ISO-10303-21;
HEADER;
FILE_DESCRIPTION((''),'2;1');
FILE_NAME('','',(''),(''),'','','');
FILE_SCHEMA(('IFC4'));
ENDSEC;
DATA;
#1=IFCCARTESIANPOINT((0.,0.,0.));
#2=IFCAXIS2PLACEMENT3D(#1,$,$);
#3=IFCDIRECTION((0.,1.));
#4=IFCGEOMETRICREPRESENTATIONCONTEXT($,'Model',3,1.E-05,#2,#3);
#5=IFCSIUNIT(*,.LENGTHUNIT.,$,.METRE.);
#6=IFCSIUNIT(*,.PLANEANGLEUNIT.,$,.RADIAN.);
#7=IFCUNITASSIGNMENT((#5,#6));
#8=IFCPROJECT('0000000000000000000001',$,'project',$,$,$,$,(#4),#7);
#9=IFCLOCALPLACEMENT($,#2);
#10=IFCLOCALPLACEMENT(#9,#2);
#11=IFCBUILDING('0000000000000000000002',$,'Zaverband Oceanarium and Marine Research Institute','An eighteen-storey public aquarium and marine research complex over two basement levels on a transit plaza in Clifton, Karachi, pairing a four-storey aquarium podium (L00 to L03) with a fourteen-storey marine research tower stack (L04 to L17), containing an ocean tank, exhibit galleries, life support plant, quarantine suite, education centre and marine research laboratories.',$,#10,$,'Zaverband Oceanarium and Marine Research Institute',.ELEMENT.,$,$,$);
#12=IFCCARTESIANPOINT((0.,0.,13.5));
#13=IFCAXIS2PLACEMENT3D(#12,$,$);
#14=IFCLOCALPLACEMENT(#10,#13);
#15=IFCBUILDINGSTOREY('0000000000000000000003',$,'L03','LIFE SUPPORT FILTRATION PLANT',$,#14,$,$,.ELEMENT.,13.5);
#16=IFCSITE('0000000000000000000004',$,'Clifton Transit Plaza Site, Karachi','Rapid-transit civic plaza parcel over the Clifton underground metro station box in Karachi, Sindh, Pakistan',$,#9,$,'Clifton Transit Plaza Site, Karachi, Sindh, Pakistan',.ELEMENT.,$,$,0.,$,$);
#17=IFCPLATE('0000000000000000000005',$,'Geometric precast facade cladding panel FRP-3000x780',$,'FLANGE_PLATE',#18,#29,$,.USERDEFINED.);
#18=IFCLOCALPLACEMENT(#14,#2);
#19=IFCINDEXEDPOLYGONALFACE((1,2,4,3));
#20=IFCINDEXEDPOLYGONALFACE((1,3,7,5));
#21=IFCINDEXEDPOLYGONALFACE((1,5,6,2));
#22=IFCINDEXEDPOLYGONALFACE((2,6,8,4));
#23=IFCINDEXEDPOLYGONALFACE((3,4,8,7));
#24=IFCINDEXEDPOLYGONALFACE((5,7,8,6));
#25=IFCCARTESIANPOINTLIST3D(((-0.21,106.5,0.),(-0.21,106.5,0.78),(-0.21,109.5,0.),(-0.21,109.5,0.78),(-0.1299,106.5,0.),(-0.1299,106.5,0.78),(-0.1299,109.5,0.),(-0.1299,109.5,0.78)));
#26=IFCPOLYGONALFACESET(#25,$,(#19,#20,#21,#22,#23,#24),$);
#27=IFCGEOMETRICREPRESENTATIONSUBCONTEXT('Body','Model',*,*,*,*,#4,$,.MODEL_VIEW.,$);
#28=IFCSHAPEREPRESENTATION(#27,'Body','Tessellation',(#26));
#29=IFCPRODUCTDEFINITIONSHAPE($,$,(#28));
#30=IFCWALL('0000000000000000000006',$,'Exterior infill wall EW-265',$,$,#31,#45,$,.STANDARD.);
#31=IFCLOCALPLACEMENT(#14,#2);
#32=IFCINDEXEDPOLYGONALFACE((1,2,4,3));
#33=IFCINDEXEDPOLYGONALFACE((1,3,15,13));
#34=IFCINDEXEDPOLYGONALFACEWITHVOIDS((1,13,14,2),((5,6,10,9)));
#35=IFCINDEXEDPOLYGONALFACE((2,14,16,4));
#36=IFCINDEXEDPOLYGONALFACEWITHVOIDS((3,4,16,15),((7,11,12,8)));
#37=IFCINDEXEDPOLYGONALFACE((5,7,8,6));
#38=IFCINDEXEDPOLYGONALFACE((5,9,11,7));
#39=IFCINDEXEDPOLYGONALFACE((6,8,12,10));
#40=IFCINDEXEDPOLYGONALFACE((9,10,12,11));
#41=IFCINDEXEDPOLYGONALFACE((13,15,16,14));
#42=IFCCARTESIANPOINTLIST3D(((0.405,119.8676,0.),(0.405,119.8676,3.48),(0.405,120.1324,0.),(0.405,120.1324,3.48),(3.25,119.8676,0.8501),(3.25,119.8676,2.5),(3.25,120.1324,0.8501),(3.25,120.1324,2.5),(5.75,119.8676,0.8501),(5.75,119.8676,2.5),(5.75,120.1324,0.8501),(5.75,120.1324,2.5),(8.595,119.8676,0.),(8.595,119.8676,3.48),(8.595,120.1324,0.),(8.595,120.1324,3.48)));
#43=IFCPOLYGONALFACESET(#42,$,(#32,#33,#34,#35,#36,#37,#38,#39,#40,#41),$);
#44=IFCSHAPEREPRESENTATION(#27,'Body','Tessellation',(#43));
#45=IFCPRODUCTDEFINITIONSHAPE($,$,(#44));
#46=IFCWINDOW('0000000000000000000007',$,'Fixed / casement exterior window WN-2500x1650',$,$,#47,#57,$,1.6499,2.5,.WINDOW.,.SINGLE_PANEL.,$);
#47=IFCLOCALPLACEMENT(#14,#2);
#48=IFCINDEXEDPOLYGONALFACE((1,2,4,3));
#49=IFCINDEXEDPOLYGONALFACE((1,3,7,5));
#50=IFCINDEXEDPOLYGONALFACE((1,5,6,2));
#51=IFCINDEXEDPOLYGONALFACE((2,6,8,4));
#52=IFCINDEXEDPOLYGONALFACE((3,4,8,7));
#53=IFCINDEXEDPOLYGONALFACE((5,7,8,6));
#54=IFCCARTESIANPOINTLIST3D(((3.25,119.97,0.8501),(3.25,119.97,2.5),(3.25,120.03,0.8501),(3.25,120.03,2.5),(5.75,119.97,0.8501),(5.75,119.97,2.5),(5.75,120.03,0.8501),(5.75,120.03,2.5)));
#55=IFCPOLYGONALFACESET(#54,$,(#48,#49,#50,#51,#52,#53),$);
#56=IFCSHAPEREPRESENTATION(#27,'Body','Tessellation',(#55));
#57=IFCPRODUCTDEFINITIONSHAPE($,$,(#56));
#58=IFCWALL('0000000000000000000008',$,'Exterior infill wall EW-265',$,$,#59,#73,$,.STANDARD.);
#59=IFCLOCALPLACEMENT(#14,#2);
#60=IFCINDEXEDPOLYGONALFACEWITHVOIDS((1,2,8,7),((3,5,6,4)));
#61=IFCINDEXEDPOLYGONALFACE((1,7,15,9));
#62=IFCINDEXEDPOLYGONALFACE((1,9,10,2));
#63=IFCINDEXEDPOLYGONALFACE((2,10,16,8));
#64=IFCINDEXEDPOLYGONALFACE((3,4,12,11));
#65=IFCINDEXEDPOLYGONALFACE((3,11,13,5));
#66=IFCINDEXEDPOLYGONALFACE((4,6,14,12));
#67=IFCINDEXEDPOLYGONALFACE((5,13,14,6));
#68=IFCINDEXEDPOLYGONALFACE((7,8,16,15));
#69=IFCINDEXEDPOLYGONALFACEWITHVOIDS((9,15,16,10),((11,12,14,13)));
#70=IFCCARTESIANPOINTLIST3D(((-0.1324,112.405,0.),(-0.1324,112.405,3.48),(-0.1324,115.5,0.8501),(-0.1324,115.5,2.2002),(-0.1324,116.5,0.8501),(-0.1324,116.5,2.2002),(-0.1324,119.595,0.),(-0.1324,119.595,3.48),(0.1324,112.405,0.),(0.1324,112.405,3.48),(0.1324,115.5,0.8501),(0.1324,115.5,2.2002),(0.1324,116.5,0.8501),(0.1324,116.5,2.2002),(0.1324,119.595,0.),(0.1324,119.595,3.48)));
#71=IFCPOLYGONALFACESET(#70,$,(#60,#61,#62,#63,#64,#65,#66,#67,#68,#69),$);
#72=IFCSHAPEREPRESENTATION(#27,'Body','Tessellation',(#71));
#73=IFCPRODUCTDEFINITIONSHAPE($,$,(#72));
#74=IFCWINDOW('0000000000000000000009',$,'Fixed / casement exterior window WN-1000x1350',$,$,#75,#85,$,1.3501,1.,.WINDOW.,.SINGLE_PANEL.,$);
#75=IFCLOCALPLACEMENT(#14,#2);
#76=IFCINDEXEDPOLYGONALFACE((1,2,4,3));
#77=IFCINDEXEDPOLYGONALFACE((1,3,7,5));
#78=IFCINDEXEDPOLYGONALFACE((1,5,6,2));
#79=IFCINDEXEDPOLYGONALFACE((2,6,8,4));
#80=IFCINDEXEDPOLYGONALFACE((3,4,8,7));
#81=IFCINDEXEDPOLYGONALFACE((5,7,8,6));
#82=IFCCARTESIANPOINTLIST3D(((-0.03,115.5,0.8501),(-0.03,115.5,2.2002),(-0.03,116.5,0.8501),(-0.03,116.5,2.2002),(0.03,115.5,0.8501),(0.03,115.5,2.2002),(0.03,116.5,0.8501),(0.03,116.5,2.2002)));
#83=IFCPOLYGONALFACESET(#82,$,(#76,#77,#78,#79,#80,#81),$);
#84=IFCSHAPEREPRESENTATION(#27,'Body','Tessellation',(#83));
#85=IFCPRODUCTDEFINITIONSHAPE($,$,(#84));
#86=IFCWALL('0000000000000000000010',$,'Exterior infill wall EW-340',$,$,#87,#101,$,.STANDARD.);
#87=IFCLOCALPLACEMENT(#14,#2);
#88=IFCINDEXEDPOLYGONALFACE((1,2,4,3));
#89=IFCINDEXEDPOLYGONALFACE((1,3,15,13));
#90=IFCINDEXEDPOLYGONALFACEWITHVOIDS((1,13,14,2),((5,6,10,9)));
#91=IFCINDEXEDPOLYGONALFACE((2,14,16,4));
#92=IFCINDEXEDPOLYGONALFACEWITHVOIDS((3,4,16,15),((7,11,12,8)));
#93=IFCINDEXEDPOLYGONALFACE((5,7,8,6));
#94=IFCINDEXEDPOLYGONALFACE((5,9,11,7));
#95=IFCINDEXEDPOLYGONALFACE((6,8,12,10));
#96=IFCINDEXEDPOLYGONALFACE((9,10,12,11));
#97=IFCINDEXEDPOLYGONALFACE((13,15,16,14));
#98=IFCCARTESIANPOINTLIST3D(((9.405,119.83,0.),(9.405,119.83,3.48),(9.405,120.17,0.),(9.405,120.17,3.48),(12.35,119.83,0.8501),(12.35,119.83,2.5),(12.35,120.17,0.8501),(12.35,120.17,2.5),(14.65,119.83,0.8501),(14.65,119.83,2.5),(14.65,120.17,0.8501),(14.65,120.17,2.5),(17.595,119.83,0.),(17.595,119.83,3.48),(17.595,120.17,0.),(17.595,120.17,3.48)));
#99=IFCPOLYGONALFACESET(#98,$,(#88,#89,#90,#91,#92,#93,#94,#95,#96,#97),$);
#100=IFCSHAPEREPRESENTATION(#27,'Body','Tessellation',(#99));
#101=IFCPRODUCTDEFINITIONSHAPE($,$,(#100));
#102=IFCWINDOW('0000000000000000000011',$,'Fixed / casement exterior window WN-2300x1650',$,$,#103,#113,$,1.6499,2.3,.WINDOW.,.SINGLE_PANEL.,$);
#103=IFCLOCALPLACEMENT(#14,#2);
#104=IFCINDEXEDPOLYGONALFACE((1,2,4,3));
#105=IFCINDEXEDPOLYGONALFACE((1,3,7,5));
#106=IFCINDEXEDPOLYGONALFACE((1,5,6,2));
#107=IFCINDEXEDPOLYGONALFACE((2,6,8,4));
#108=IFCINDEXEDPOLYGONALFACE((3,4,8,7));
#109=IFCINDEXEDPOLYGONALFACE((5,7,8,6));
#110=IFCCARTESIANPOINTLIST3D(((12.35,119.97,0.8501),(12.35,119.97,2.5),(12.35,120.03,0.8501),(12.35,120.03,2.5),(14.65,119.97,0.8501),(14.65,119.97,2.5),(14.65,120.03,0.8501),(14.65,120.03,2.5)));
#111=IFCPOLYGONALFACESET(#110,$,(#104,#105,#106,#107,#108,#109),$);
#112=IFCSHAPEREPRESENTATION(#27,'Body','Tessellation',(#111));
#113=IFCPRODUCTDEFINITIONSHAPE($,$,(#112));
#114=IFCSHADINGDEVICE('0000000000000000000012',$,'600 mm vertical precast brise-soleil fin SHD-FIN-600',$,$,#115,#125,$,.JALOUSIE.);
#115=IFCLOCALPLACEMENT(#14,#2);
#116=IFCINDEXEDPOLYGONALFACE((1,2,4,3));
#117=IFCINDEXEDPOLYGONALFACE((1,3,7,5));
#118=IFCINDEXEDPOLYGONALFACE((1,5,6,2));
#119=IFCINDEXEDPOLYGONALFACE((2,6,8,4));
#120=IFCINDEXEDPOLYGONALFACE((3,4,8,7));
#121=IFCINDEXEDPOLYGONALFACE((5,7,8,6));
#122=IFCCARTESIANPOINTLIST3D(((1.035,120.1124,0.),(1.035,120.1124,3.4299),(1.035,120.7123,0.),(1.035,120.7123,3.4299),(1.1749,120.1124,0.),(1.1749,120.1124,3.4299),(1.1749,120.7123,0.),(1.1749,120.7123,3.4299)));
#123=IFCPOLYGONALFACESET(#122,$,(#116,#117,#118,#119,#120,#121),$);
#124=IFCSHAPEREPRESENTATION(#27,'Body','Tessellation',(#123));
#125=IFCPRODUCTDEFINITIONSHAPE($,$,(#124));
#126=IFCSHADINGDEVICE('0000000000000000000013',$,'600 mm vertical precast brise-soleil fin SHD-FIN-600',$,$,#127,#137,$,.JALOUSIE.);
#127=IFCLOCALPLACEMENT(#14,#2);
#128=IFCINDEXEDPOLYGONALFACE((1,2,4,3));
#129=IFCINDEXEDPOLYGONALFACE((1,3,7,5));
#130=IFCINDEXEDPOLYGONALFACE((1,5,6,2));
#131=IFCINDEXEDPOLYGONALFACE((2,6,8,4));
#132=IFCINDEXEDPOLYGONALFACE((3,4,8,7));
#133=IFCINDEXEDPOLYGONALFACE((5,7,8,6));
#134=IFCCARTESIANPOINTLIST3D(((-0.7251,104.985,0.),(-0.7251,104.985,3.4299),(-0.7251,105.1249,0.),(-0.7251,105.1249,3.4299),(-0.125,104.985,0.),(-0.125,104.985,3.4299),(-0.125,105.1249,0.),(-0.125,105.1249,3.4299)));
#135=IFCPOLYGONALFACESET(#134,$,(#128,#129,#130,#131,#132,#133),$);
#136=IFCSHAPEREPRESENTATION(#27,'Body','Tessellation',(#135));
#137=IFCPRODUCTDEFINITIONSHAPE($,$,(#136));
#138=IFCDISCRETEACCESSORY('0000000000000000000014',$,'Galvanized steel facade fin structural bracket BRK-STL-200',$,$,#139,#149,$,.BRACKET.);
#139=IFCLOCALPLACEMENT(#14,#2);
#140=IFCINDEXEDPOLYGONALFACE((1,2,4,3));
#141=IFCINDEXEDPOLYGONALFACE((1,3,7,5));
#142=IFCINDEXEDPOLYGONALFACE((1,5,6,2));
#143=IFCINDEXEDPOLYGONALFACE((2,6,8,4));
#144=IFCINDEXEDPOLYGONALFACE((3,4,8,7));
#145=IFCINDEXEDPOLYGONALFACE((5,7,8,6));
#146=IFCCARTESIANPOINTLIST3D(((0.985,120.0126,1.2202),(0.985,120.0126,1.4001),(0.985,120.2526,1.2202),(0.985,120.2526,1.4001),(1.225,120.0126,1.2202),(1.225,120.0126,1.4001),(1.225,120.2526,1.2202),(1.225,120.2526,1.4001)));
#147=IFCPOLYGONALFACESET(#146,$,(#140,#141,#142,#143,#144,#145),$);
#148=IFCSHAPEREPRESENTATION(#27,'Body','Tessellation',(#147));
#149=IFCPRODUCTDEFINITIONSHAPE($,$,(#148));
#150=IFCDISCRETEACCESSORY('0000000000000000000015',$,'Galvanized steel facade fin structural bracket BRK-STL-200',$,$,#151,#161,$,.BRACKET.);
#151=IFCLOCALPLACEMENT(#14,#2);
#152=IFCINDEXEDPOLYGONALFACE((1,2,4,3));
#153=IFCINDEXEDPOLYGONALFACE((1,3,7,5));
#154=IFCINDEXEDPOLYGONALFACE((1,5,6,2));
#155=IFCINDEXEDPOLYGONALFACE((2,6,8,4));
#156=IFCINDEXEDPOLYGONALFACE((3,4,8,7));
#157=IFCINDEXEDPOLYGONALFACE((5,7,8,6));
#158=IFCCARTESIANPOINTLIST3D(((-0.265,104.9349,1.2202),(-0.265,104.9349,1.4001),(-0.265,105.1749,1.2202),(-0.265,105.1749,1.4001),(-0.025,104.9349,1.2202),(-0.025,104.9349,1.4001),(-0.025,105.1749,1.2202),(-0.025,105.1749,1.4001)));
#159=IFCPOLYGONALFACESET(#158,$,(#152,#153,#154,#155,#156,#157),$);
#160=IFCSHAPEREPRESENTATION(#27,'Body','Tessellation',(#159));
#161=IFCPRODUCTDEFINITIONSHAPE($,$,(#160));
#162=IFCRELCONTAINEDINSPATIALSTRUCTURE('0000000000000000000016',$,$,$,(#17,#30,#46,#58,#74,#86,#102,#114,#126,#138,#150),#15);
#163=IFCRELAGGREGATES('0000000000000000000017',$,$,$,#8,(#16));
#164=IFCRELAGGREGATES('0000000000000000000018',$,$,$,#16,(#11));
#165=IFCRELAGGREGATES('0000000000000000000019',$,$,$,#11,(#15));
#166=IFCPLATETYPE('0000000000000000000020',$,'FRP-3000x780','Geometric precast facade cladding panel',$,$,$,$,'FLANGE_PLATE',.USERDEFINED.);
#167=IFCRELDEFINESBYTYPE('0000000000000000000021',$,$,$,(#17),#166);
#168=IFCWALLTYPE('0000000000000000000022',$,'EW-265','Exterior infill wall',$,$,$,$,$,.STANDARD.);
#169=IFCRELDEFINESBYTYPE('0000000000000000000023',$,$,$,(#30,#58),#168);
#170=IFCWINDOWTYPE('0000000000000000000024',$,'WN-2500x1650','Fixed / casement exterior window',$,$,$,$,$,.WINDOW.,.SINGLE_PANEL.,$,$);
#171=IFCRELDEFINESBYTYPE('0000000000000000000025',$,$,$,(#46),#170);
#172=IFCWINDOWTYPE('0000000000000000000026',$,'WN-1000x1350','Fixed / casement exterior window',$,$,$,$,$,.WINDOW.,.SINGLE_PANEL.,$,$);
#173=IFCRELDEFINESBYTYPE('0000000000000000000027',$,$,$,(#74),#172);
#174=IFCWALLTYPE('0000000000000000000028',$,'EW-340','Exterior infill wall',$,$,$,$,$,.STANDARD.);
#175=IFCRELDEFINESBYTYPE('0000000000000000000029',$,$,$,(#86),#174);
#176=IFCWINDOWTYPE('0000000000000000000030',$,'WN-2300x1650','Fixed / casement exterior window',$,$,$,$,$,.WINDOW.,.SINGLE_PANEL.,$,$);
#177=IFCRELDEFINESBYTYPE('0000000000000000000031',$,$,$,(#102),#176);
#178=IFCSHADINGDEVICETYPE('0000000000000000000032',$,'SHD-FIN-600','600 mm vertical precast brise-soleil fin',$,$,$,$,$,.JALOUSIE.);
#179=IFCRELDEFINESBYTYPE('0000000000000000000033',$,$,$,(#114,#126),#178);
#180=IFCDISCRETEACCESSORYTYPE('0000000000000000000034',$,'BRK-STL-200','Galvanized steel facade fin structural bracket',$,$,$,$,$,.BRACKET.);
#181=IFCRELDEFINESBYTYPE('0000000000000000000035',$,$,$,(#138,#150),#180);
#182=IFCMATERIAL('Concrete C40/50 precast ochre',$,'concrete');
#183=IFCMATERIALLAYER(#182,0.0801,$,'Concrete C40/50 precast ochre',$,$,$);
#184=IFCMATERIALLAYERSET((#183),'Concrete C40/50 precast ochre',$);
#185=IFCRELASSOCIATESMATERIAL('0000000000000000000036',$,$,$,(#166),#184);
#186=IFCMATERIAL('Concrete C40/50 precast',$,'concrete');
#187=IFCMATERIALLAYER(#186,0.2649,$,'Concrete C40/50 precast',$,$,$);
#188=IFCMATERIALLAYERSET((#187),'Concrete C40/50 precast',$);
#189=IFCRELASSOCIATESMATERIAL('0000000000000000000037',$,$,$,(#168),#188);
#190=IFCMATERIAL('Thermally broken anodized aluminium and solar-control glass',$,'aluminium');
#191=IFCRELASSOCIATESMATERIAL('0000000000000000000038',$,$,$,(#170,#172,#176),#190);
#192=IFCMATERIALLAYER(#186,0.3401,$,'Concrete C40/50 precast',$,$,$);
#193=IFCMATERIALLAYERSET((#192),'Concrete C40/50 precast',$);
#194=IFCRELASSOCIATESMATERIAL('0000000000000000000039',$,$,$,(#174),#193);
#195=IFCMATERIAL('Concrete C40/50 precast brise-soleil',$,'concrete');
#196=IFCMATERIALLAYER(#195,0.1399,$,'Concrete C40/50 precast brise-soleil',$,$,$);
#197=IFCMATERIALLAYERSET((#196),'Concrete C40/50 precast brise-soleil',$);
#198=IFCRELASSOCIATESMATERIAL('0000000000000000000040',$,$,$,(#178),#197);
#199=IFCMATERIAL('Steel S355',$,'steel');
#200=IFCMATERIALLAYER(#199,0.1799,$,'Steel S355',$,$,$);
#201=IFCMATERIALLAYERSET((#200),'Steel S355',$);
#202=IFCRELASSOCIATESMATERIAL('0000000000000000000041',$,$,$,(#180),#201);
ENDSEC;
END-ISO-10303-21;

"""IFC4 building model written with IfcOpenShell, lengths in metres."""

from ifc_helpers import new_model, si_unit, direction, frame, frame_2d, origin, origin_2d, place, context, subcontext, project, spatial, rectangle, extrude, material, layer, layer_set, type_object, element, fill, save


model = new_model("IFC4")

# Units and contexts
model_context = context("Model", 3, precision=1e-05, world=origin(), true_north=direction((0.0, 1.0)))
body_context = subcontext(model_context, "Body", "Model", "MODEL_VIEW")
ifc_project = project(units=[si_unit("LENGTHUNIT", "METRE"), si_unit("PLANEANGLEUNIT", "RADIAN")], contexts=[model_context])

# Site, building, storey
site_placement = place(None, origin())
site = spatial("IfcSite", under=ifc_project, at=site_placement, Name="Clifton Transit Plaza Site, Karachi", Description="Rapid-transit civic plaza parcel over the Clifton underground metro station box in Karachi, Sindh, Pakistan", LongName="Clifton Transit Plaza Site, Karachi, Sindh, Pakistan", CompositionType="ELEMENT", RefElevation=0.0)
building_placement = place(site_placement, origin())
building = spatial("IfcBuilding", under=site, at=building_placement, Name="Zaverband Oceanarium and Marine Research Institute", Description="An eighteen-storey public aquarium and marine research complex over two basement levels on a transit plaza in Clifton, Karachi, pairing a four-storey aquarium podium (L00 to L03) with a fourteen-storey marine research tower stack (L04 to L17), containing an ocean tank, exhibit galleries, life support plant, quarantine suite, education centre and marine research laboratories.", LongName="Zaverband Oceanarium and Marine Research Institute", CompositionType="ELEMENT")
storey_placement = place(building_placement, frame((0.0, 0.0, 13.5)))
storey = spatial("IfcBuildingStorey", under=building, at=storey_placement, Name="L03", Description="LIFE SUPPORT FILTRATION PLANT", CompositionType="ELEMENT", Elevation=13.5)

# Plate
ifc_material_1 = material(Name="Concrete C40/50 precast ochre", Category="concrete")
ifc_layer_1 = layer(ifc_material_1, 0.0801, Name="Concrete C40/50 precast ochre")
ifc_layer_set_1 = layer_set([ifc_layer_1], Name="Concrete C40/50 precast ochre")
plate_type_1 = type_object("IfcPlateType", Name="FRP-3000x780", Description="Geometric precast facade cladding panel", ElementType="FLANGE_PLATE", PredefinedType="USERDEFINED", material=ifc_layer_set_1)
plate_1_placement = place(storey_placement, frame((-0.1699, 106.5, 0.0), z_axis=(0.0, 0.0, 1.0), x_axis=(0.0, 1.0, 0.0)))
element("IfcPlate", 1, at=plate_1_placement, inside=storey, type_object=plate_type_1, Name="Geometric precast facade cladding panel FRP-3000x780", ObjectType="FLANGE_PLATE", PredefinedType="USERDEFINED", context=body_context, shape_type="SweptSolid", body=[
    extrude(rectangle(XDim=3.0, YDim=0.0801, at=frame_2d((1.5, 0.0))), origin(), (0.0, 0.0, 1.0), 0.78),
])

# Walls, openings, windows
ifc_material_2 = material(Name="Concrete C40/50 precast", Category="concrete")
ifc_layer_2 = layer(ifc_material_2, 0.2649, Name="Concrete C40/50 precast")
ifc_layer_set_2 = layer_set([ifc_layer_2], Name="Concrete C40/50 precast")
wall_type_1 = type_object("IfcWallType", Name="EW-265", Description="Exterior infill wall", PredefinedType="STANDARD", material=ifc_layer_set_2)
wall_1_placement = place(storey_placement, frame((0.405, 120.0, 0.0), z_axis=(0.0, 0.0, 1.0), x_axis=(1.0, 0.0, 0.0)))
wall_1 = element("IfcWall", 2, at=wall_1_placement, inside=storey, type_object=wall_type_1, Name="Exterior infill wall EW-265", PredefinedType="STANDARD", context=body_context, shape_type="SweptSolid", body=[
    extrude(rectangle(XDim=8.1899, YDim=0.2649, at=frame_2d((4.095, 0.0))), origin(), (0.0, 0.0, 1.0), 3.48),
])
opening_1_placement = place(wall_1_placement, frame((2.845, 0.0, 0.8501)))
opening_1 = element("IfcOpeningElement", 3, at=opening_1_placement, cuts=wall_1, PredefinedType="OPENING", context=body_context, shape_type="SweptSolid", body=[
    extrude(rectangle(XDim=2.5, YDim=1.6499, at=frame_2d((1.25, 0.825))), frame((0.0, 0.1445, 0.0), z_axis=(0.0, -1.0, 0.0), x_axis=(1.0, 0.0, 0.0)), (0.0, 0.0, 1.0), 0.2888),
])
ifc_material_3 = material(Name="Thermally broken anodized aluminium and solar-control glass", Category="aluminium")
window_type_1 = type_object("IfcWindowType", Name="WN-2500x1650", Description="Fixed / casement exterior window", PartitioningType="SINGLE_PANEL", PredefinedType="WINDOW", material=ifc_material_3)
window_1_placement = place(opening_1_placement, origin())
window_1 = element("IfcWindow", 4, at=window_1_placement, inside=storey, type_object=window_type_1, Name="Fixed / casement exterior window WN-2500x1650", OverallHeight=1.6499, OverallWidth=2.5, PartitioningType="SINGLE_PANEL", PredefinedType="WINDOW", context=body_context, shape_type="SweptSolid", body=[
    extrude(rectangle(XDim=2.5, YDim=1.6499, at=frame_2d((1.25, 0.825))), frame((0.0, 0.03, 0.0), z_axis=(0.0, -1.0, 0.0), x_axis=(1.0, 0.0, 0.0)), (0.0, 0.0, 1.0), 0.0601),
])
fill(opening_1, window_1)
wall_2_placement = place(storey_placement, frame((0.0, 112.405, 0.0), z_axis=(0.0, 0.0, 1.0), x_axis=(0.0, 1.0, 0.0)))
wall_2 = element("IfcWall", 5, at=wall_2_placement, inside=storey, type_object=wall_type_1, Name="Exterior infill wall EW-265", PredefinedType="STANDARD", context=body_context, shape_type="SweptSolid", body=[
    extrude(rectangle(XDim=7.1899, YDim=0.2649, at=frame_2d((3.595, 0.0))), origin(), (0.0, 0.0, 1.0), 3.48),
])
opening_2_placement = place(wall_2_placement, frame((3.095, 0.0, 0.8501)))
opening_2 = element("IfcOpeningElement", 6, at=opening_2_placement, cuts=wall_2, PredefinedType="OPENING", context=body_context, shape_type="SweptSolid", body=[
    extrude(rectangle(XDim=1.0, YDim=1.3501, at=frame_2d((0.5, 0.675))), frame((0.0, 0.1445, 0.0), z_axis=(0.0, -1.0, 0.0), x_axis=(1.0, 0.0, 0.0)), (0.0, 0.0, 1.0), 0.2888),
])
window_type_2 = type_object("IfcWindowType", Name="WN-1000x1350", Description="Fixed / casement exterior window", PartitioningType="SINGLE_PANEL", PredefinedType="WINDOW", material=ifc_material_3)
window_2_placement = place(opening_2_placement, origin())
window_2 = element("IfcWindow", 7, at=window_2_placement, inside=storey, type_object=window_type_2, Name="Fixed / casement exterior window WN-1000x1350", OverallHeight=1.3501, OverallWidth=1.0, PartitioningType="SINGLE_PANEL", PredefinedType="WINDOW", context=body_context, shape_type="SweptSolid", body=[
    extrude(rectangle(XDim=1.0, YDim=1.3501, at=frame_2d((0.5, 0.675))), frame((0.0, 0.03, 0.0), z_axis=(0.0, -1.0, 0.0), x_axis=(1.0, 0.0, 0.0)), (0.0, 0.0, 1.0), 0.0601),
])
fill(opening_2, window_2)
ifc_layer_3 = layer(ifc_material_2, 0.3401, Name="Concrete C40/50 precast")
ifc_layer_set_3 = layer_set([ifc_layer_3], Name="Concrete C40/50 precast")
wall_type_2 = type_object("IfcWallType", Name="EW-340", Description="Exterior infill wall", PredefinedType="STANDARD", material=ifc_layer_set_3)
wall_3_placement = place(storey_placement, frame((9.405, 120.0, 0.0), z_axis=(0.0, 0.0, 1.0), x_axis=(1.0, 0.0, 0.0)))
wall_3 = element("IfcWall", 8, at=wall_3_placement, inside=storey, type_object=wall_type_2, Name="Exterior infill wall EW-340", PredefinedType="STANDARD", context=body_context, shape_type="SweptSolid", body=[
    extrude(rectangle(XDim=8.1899, YDim=0.3401, at=frame_2d((4.095, 0.0))), origin(), (0.0, 0.0, 1.0), 3.48),
])
opening_3_placement = place(wall_3_placement, frame((2.9451, 0.0, 0.8501)))
opening_3 = element("IfcOpeningElement", 9, at=opening_3_placement, cuts=wall_3, PredefinedType="OPENING", context=body_context, shape_type="SweptSolid", body=[
    extrude(rectangle(XDim=2.3, YDim=1.6499, at=frame_2d((1.1499, 0.825))), frame((0.0, 0.1821, 0.0), z_axis=(0.0, -1.0, 0.0), x_axis=(1.0, 0.0, 0.0)), (0.0, 0.0, 1.0), 0.364),
])
window_type_3 = type_object("IfcWindowType", Name="WN-2300x1650", Description="Fixed / casement exterior window", PartitioningType="SINGLE_PANEL", PredefinedType="WINDOW", material=ifc_material_3)
window_3_placement = place(opening_3_placement, origin())
window_3 = element("IfcWindow", 10, at=window_3_placement, inside=storey, type_object=window_type_3, Name="Fixed / casement exterior window WN-2300x1650", OverallHeight=1.6499, OverallWidth=2.3, PartitioningType="SINGLE_PANEL", PredefinedType="WINDOW", context=body_context, shape_type="SweptSolid", body=[
    extrude(rectangle(XDim=2.3, YDim=1.6499, at=frame_2d((1.1499, 0.825))), frame((0.0, 0.03, 0.0), z_axis=(0.0, -1.0, 0.0), x_axis=(1.0, 0.0, 0.0)), (0.0, 0.0, 1.0), 0.0601),
])
fill(opening_3, window_3)

# Shading devices
ifc_material_4 = material(Name="Concrete C40/50 precast brise-soleil", Category="concrete")
ifc_layer_4 = layer(ifc_material_4, 0.1399, Name="Concrete C40/50 precast brise-soleil")
ifc_layer_set_4 = layer_set([ifc_layer_4], Name="Concrete C40/50 precast brise-soleil")
shading_device_type = type_object("IfcShadingDeviceType", Name="SHD-FIN-600", Description="600 mm vertical precast brise-soleil fin", PredefinedType="JALOUSIE", material=ifc_layer_set_4)
shading_device_1_placement = place(storey_placement, frame((1.105, 120.1125, 0.0), z_axis=(0.0, 0.0, 1.0), x_axis=(0.0, 1.0, 0.0)))
element("IfcShadingDevice", 11, at=shading_device_1_placement, inside=storey, type_object=shading_device_type, Name="600 mm vertical precast brise-soleil fin SHD-FIN-600", PredefinedType="JALOUSIE", context=body_context, shape_type="SweptSolid", body=[
    extrude(rectangle(XDim=0.5999, YDim=0.1399, at=frame_2d((0.2998, 0.0))), origin(), (0.0, 0.0, 1.0), 3.4299),
])
shading_device_2_placement = place(storey_placement, frame((-0.125, 105.0549, 0.0), z_axis=(0.0, 0.0, 1.0), x_axis=(-1.0, 0.0, 0.0)))
element("IfcShadingDevice", 12, at=shading_device_2_placement, inside=storey, type_object=shading_device_type, Name="600 mm vertical precast brise-soleil fin SHD-FIN-600", PredefinedType="JALOUSIE", context=body_context, shape_type="SweptSolid", body=[
    extrude(rectangle(XDim=0.6001, YDim=0.1399, at=frame_2d((0.3, 0.0))), origin(), (0.0, 0.0, 1.0), 3.4299),
])

# Discrete accessories
ifc_material_5 = material(Name="Steel S355", Category="steel")
ifc_layer_5 = layer(ifc_material_5, 0.1799, Name="Steel S355")
ifc_layer_set_5 = layer_set([ifc_layer_5], Name="Steel S355")
discrete_accessory_type = type_object("IfcDiscreteAccessoryType", Name="BRK-STL-200", Description="Galvanized steel facade fin structural bracket", PredefinedType="BRACKET", material=ifc_layer_set_5)
for number, where, z_axis, x_axis, name in (
    (13, (1.105, 120.1326, 1.2202), (0.0, 0.0, 1.0), (1.0, 0.0, 0.0), "Galvanized steel facade fin structural bracket BRK-STL-200"),
    (14, (-0.145, 105.0549, 1.2202), (0.0, 0.0, 1.0), (1.0, 0.0, 0.0), "Galvanized steel facade fin structural bracket BRK-STL-200"),
):
    element("IfcDiscreteAccessory", number, at=place(storey_placement, frame(where, z_axis=z_axis, x_axis=x_axis)), inside=storey, type_object=discrete_accessory_type, Name=name, PredefinedType="BRACKET", context=body_context, shape_type="SweptSolid", body=[
        extrude(rectangle(XDim=0.24, YDim=0.24, at=origin_2d()), origin(), (0.0, 0.0, 1.0), 0.1799),
    ])

save(model, "model.ifc")
